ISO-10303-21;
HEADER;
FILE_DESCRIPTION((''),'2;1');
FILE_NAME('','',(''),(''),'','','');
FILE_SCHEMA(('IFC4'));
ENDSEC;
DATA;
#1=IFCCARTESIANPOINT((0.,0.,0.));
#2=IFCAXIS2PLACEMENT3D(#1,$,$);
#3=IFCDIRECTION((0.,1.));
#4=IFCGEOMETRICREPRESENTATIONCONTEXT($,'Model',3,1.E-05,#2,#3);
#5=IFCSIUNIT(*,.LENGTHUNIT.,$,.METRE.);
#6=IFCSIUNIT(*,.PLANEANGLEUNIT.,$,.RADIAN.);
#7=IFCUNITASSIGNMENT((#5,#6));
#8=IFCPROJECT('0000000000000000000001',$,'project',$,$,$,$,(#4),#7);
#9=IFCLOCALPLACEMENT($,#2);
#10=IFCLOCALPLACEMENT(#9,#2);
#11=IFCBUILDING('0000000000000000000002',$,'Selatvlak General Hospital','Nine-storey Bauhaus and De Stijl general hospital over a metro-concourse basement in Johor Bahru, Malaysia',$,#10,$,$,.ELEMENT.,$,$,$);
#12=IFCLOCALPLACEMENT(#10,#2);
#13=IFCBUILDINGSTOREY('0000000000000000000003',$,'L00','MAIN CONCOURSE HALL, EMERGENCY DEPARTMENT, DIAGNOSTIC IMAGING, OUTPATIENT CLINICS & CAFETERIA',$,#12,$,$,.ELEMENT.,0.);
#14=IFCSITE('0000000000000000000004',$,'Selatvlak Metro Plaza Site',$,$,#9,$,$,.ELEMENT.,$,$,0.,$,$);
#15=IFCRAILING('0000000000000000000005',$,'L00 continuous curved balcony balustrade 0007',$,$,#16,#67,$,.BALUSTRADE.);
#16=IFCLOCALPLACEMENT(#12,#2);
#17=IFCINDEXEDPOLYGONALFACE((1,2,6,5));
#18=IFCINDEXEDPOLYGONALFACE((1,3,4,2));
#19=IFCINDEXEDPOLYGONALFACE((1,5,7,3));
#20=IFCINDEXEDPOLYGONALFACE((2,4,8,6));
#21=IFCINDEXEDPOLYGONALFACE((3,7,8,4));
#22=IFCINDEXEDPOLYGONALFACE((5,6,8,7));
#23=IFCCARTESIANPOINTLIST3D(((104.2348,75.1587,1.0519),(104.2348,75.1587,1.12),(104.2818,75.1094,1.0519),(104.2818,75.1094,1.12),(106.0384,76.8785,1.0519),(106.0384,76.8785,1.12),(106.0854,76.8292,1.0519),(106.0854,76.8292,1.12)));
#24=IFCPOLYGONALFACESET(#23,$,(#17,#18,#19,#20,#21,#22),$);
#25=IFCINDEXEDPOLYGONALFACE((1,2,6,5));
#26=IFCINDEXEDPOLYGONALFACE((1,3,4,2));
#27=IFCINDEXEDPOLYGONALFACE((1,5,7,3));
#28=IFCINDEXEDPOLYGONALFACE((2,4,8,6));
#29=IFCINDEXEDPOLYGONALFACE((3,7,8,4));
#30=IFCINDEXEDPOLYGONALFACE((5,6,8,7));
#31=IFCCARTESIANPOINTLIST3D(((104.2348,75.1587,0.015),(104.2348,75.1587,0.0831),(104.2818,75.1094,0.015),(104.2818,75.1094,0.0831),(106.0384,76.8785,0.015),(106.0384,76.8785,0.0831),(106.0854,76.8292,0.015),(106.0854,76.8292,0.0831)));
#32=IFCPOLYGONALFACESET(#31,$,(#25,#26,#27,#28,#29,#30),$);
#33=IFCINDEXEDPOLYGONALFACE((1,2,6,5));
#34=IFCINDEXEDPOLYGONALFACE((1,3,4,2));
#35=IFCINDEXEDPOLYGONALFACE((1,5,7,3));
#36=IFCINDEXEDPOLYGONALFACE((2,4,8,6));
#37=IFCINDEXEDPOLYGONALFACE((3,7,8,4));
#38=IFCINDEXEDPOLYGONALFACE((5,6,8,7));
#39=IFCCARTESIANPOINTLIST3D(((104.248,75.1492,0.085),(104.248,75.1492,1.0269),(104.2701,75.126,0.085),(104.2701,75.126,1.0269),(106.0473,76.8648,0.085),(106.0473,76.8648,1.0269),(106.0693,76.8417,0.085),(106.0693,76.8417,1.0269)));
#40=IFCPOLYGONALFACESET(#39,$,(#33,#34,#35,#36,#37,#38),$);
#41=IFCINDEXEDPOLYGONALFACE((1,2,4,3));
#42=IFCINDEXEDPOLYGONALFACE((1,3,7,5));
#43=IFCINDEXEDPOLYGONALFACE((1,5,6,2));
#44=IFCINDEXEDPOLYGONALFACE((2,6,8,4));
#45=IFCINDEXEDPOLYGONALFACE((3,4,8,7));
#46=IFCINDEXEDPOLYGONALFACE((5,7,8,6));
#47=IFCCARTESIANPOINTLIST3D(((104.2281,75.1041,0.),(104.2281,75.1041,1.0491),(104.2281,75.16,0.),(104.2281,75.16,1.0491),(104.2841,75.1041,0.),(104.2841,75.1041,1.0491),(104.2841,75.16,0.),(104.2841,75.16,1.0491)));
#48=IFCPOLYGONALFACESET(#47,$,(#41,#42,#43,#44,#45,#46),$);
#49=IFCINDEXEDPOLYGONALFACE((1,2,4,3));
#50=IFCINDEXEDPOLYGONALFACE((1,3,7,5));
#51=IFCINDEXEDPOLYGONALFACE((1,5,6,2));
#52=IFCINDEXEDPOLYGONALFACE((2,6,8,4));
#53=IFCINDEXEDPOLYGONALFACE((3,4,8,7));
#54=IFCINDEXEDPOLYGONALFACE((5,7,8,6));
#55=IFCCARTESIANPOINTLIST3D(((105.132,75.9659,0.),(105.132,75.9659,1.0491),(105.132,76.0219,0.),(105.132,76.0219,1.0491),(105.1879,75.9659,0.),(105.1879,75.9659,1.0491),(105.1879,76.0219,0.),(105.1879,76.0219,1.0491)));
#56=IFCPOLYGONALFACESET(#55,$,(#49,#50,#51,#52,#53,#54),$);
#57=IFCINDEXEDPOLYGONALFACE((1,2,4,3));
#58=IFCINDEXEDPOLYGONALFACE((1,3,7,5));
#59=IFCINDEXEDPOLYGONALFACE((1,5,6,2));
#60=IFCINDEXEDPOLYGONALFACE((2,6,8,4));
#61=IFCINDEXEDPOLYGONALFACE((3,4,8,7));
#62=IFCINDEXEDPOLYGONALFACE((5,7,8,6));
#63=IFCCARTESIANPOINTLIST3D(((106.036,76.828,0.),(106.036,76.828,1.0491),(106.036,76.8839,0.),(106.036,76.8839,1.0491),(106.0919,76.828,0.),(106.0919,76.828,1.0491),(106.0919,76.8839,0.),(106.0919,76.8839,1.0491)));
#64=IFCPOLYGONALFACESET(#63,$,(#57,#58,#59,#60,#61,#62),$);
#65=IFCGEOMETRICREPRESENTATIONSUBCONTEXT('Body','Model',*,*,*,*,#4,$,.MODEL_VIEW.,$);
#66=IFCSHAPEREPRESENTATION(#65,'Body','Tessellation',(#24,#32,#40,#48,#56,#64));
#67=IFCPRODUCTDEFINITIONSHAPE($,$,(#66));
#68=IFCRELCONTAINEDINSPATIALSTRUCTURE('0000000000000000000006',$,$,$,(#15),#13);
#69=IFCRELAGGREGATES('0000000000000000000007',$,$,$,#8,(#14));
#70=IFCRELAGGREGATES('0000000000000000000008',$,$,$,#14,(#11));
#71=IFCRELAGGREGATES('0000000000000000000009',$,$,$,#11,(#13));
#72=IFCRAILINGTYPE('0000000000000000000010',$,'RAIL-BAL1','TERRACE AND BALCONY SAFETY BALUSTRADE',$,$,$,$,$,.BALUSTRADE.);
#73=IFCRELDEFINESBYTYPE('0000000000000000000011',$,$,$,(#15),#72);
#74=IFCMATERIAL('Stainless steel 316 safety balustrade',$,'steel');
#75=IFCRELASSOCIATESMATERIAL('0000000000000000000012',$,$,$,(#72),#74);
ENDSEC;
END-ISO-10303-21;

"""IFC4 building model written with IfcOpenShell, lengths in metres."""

from ifc_helpers import new_model, si_unit, direction, frame, origin, origin_2d, place, context, subcontext, project, spatial, polyline, rectangle, outline, extrude, material, type_object, element, save


model = new_model("IFC4")

# Units and contexts
model_context = context("Model", 3, precision=1e-05, world=origin(), true_north=direction((0.0, 1.0)))
body_context = subcontext(model_context, "Body", "Model", "MODEL_VIEW")
ifc_project = project(units=[si_unit("LENGTHUNIT", "METRE"), si_unit("PLANEANGLEUNIT", "RADIAN")], contexts=[model_context])

# Site, building, storey
site_placement = place(None, origin())
site = spatial("IfcSite", under=ifc_project, at=site_placement, Name="Selatvlak Metro Plaza Site", CompositionType="ELEMENT", RefElevation=0.0)
building_placement = place(site_placement, origin())
building = spatial("IfcBuilding", under=site, at=building_placement, Name="Selatvlak General Hospital", Description="Nine-storey Bauhaus and De Stijl general hospital over a metro-concourse basement in Johor Bahru, Malaysia", CompositionType="ELEMENT")
storey_placement = place(building_placement, origin())
storey = spatial("IfcBuildingStorey", under=building, at=storey_placement, Name="L00", Description="MAIN CONCOURSE HALL, EMERGENCY DEPARTMENT, DIAGNOSTIC IMAGING, OUTPATIENT CLINICS & CAFETERIA", CompositionType="ELEMENT", Elevation=0.0)

# Railing
ifc_material_1 = material(Name="Stainless steel 316 safety balustrade", Category="steel")
railing_type = type_object("IfcRailingType", Name="RAIL-BAL1", Description="TERRACE AND BALCONY SAFETY BALUSTRADE", PredefinedType="BALUSTRADE", material=ifc_material_1)
railing_1_placement = place(storey_placement, frame((104.2561, 75.1321, 0.0)))
element("IfcRailing", 1, at=railing_1_placement, inside=storey, type_object=railing_type, Name="L00 continuous curved balcony balustrade 0007", PredefinedType="BALUSTRADE", context=body_context, shape_type="SweptSolid", body=[
    extrude(rectangle(XDim=0.0681, YDim=0.0681, at=origin_2d()), frame((0.0022, 0.002, 1.0859), z_axis=(0.723717, 0.690097, 0.0), x_axis=(-0.690097, 0.723717, 0.0)), (0.0, 0.0, 1.0), 2.4922),
    extrude(rectangle(XDim=0.0681, YDim=0.0681, at=origin_2d()), frame((0.0022, 0.002, 0.0491), z_axis=(0.723717, 0.690097, 0.0), x_axis=(-0.690097, 0.723717, 0.0)), (0.0, 0.0, 1.0), 2.4922),
    extrude(outline(polyline([(0.0, 0.0), (2.4861, 0.0), (2.4861, 0.9419), (0.0, 0.9419), (0.0, 0.0)])), frame((-0.0081, 0.0171, 0.085), z_axis=(0.690097, -0.723717, 0.0), x_axis=(0.723717, 0.690097, 0.0)), (0.0, 0.0, 1.0), 0.032),
    extrude(rectangle(XDim=0.0559, YDim=0.0559, at=origin_2d()), origin(), (0.0, 0.0, 1.0), 1.0491),
    extrude(rectangle(XDim=0.0559, YDim=0.0559, at=origin_2d()), frame((0.9038, 0.8618, 0.0)), (0.0, 0.0, 1.0), 1.0491),
    extrude(rectangle(XDim=0.0559, YDim=0.0559, at=origin_2d()), frame((1.8079, 1.7239, 0.0)), (0.0, 0.0, 1.0), 1.0491),
])

save(model, "model.ifc")
